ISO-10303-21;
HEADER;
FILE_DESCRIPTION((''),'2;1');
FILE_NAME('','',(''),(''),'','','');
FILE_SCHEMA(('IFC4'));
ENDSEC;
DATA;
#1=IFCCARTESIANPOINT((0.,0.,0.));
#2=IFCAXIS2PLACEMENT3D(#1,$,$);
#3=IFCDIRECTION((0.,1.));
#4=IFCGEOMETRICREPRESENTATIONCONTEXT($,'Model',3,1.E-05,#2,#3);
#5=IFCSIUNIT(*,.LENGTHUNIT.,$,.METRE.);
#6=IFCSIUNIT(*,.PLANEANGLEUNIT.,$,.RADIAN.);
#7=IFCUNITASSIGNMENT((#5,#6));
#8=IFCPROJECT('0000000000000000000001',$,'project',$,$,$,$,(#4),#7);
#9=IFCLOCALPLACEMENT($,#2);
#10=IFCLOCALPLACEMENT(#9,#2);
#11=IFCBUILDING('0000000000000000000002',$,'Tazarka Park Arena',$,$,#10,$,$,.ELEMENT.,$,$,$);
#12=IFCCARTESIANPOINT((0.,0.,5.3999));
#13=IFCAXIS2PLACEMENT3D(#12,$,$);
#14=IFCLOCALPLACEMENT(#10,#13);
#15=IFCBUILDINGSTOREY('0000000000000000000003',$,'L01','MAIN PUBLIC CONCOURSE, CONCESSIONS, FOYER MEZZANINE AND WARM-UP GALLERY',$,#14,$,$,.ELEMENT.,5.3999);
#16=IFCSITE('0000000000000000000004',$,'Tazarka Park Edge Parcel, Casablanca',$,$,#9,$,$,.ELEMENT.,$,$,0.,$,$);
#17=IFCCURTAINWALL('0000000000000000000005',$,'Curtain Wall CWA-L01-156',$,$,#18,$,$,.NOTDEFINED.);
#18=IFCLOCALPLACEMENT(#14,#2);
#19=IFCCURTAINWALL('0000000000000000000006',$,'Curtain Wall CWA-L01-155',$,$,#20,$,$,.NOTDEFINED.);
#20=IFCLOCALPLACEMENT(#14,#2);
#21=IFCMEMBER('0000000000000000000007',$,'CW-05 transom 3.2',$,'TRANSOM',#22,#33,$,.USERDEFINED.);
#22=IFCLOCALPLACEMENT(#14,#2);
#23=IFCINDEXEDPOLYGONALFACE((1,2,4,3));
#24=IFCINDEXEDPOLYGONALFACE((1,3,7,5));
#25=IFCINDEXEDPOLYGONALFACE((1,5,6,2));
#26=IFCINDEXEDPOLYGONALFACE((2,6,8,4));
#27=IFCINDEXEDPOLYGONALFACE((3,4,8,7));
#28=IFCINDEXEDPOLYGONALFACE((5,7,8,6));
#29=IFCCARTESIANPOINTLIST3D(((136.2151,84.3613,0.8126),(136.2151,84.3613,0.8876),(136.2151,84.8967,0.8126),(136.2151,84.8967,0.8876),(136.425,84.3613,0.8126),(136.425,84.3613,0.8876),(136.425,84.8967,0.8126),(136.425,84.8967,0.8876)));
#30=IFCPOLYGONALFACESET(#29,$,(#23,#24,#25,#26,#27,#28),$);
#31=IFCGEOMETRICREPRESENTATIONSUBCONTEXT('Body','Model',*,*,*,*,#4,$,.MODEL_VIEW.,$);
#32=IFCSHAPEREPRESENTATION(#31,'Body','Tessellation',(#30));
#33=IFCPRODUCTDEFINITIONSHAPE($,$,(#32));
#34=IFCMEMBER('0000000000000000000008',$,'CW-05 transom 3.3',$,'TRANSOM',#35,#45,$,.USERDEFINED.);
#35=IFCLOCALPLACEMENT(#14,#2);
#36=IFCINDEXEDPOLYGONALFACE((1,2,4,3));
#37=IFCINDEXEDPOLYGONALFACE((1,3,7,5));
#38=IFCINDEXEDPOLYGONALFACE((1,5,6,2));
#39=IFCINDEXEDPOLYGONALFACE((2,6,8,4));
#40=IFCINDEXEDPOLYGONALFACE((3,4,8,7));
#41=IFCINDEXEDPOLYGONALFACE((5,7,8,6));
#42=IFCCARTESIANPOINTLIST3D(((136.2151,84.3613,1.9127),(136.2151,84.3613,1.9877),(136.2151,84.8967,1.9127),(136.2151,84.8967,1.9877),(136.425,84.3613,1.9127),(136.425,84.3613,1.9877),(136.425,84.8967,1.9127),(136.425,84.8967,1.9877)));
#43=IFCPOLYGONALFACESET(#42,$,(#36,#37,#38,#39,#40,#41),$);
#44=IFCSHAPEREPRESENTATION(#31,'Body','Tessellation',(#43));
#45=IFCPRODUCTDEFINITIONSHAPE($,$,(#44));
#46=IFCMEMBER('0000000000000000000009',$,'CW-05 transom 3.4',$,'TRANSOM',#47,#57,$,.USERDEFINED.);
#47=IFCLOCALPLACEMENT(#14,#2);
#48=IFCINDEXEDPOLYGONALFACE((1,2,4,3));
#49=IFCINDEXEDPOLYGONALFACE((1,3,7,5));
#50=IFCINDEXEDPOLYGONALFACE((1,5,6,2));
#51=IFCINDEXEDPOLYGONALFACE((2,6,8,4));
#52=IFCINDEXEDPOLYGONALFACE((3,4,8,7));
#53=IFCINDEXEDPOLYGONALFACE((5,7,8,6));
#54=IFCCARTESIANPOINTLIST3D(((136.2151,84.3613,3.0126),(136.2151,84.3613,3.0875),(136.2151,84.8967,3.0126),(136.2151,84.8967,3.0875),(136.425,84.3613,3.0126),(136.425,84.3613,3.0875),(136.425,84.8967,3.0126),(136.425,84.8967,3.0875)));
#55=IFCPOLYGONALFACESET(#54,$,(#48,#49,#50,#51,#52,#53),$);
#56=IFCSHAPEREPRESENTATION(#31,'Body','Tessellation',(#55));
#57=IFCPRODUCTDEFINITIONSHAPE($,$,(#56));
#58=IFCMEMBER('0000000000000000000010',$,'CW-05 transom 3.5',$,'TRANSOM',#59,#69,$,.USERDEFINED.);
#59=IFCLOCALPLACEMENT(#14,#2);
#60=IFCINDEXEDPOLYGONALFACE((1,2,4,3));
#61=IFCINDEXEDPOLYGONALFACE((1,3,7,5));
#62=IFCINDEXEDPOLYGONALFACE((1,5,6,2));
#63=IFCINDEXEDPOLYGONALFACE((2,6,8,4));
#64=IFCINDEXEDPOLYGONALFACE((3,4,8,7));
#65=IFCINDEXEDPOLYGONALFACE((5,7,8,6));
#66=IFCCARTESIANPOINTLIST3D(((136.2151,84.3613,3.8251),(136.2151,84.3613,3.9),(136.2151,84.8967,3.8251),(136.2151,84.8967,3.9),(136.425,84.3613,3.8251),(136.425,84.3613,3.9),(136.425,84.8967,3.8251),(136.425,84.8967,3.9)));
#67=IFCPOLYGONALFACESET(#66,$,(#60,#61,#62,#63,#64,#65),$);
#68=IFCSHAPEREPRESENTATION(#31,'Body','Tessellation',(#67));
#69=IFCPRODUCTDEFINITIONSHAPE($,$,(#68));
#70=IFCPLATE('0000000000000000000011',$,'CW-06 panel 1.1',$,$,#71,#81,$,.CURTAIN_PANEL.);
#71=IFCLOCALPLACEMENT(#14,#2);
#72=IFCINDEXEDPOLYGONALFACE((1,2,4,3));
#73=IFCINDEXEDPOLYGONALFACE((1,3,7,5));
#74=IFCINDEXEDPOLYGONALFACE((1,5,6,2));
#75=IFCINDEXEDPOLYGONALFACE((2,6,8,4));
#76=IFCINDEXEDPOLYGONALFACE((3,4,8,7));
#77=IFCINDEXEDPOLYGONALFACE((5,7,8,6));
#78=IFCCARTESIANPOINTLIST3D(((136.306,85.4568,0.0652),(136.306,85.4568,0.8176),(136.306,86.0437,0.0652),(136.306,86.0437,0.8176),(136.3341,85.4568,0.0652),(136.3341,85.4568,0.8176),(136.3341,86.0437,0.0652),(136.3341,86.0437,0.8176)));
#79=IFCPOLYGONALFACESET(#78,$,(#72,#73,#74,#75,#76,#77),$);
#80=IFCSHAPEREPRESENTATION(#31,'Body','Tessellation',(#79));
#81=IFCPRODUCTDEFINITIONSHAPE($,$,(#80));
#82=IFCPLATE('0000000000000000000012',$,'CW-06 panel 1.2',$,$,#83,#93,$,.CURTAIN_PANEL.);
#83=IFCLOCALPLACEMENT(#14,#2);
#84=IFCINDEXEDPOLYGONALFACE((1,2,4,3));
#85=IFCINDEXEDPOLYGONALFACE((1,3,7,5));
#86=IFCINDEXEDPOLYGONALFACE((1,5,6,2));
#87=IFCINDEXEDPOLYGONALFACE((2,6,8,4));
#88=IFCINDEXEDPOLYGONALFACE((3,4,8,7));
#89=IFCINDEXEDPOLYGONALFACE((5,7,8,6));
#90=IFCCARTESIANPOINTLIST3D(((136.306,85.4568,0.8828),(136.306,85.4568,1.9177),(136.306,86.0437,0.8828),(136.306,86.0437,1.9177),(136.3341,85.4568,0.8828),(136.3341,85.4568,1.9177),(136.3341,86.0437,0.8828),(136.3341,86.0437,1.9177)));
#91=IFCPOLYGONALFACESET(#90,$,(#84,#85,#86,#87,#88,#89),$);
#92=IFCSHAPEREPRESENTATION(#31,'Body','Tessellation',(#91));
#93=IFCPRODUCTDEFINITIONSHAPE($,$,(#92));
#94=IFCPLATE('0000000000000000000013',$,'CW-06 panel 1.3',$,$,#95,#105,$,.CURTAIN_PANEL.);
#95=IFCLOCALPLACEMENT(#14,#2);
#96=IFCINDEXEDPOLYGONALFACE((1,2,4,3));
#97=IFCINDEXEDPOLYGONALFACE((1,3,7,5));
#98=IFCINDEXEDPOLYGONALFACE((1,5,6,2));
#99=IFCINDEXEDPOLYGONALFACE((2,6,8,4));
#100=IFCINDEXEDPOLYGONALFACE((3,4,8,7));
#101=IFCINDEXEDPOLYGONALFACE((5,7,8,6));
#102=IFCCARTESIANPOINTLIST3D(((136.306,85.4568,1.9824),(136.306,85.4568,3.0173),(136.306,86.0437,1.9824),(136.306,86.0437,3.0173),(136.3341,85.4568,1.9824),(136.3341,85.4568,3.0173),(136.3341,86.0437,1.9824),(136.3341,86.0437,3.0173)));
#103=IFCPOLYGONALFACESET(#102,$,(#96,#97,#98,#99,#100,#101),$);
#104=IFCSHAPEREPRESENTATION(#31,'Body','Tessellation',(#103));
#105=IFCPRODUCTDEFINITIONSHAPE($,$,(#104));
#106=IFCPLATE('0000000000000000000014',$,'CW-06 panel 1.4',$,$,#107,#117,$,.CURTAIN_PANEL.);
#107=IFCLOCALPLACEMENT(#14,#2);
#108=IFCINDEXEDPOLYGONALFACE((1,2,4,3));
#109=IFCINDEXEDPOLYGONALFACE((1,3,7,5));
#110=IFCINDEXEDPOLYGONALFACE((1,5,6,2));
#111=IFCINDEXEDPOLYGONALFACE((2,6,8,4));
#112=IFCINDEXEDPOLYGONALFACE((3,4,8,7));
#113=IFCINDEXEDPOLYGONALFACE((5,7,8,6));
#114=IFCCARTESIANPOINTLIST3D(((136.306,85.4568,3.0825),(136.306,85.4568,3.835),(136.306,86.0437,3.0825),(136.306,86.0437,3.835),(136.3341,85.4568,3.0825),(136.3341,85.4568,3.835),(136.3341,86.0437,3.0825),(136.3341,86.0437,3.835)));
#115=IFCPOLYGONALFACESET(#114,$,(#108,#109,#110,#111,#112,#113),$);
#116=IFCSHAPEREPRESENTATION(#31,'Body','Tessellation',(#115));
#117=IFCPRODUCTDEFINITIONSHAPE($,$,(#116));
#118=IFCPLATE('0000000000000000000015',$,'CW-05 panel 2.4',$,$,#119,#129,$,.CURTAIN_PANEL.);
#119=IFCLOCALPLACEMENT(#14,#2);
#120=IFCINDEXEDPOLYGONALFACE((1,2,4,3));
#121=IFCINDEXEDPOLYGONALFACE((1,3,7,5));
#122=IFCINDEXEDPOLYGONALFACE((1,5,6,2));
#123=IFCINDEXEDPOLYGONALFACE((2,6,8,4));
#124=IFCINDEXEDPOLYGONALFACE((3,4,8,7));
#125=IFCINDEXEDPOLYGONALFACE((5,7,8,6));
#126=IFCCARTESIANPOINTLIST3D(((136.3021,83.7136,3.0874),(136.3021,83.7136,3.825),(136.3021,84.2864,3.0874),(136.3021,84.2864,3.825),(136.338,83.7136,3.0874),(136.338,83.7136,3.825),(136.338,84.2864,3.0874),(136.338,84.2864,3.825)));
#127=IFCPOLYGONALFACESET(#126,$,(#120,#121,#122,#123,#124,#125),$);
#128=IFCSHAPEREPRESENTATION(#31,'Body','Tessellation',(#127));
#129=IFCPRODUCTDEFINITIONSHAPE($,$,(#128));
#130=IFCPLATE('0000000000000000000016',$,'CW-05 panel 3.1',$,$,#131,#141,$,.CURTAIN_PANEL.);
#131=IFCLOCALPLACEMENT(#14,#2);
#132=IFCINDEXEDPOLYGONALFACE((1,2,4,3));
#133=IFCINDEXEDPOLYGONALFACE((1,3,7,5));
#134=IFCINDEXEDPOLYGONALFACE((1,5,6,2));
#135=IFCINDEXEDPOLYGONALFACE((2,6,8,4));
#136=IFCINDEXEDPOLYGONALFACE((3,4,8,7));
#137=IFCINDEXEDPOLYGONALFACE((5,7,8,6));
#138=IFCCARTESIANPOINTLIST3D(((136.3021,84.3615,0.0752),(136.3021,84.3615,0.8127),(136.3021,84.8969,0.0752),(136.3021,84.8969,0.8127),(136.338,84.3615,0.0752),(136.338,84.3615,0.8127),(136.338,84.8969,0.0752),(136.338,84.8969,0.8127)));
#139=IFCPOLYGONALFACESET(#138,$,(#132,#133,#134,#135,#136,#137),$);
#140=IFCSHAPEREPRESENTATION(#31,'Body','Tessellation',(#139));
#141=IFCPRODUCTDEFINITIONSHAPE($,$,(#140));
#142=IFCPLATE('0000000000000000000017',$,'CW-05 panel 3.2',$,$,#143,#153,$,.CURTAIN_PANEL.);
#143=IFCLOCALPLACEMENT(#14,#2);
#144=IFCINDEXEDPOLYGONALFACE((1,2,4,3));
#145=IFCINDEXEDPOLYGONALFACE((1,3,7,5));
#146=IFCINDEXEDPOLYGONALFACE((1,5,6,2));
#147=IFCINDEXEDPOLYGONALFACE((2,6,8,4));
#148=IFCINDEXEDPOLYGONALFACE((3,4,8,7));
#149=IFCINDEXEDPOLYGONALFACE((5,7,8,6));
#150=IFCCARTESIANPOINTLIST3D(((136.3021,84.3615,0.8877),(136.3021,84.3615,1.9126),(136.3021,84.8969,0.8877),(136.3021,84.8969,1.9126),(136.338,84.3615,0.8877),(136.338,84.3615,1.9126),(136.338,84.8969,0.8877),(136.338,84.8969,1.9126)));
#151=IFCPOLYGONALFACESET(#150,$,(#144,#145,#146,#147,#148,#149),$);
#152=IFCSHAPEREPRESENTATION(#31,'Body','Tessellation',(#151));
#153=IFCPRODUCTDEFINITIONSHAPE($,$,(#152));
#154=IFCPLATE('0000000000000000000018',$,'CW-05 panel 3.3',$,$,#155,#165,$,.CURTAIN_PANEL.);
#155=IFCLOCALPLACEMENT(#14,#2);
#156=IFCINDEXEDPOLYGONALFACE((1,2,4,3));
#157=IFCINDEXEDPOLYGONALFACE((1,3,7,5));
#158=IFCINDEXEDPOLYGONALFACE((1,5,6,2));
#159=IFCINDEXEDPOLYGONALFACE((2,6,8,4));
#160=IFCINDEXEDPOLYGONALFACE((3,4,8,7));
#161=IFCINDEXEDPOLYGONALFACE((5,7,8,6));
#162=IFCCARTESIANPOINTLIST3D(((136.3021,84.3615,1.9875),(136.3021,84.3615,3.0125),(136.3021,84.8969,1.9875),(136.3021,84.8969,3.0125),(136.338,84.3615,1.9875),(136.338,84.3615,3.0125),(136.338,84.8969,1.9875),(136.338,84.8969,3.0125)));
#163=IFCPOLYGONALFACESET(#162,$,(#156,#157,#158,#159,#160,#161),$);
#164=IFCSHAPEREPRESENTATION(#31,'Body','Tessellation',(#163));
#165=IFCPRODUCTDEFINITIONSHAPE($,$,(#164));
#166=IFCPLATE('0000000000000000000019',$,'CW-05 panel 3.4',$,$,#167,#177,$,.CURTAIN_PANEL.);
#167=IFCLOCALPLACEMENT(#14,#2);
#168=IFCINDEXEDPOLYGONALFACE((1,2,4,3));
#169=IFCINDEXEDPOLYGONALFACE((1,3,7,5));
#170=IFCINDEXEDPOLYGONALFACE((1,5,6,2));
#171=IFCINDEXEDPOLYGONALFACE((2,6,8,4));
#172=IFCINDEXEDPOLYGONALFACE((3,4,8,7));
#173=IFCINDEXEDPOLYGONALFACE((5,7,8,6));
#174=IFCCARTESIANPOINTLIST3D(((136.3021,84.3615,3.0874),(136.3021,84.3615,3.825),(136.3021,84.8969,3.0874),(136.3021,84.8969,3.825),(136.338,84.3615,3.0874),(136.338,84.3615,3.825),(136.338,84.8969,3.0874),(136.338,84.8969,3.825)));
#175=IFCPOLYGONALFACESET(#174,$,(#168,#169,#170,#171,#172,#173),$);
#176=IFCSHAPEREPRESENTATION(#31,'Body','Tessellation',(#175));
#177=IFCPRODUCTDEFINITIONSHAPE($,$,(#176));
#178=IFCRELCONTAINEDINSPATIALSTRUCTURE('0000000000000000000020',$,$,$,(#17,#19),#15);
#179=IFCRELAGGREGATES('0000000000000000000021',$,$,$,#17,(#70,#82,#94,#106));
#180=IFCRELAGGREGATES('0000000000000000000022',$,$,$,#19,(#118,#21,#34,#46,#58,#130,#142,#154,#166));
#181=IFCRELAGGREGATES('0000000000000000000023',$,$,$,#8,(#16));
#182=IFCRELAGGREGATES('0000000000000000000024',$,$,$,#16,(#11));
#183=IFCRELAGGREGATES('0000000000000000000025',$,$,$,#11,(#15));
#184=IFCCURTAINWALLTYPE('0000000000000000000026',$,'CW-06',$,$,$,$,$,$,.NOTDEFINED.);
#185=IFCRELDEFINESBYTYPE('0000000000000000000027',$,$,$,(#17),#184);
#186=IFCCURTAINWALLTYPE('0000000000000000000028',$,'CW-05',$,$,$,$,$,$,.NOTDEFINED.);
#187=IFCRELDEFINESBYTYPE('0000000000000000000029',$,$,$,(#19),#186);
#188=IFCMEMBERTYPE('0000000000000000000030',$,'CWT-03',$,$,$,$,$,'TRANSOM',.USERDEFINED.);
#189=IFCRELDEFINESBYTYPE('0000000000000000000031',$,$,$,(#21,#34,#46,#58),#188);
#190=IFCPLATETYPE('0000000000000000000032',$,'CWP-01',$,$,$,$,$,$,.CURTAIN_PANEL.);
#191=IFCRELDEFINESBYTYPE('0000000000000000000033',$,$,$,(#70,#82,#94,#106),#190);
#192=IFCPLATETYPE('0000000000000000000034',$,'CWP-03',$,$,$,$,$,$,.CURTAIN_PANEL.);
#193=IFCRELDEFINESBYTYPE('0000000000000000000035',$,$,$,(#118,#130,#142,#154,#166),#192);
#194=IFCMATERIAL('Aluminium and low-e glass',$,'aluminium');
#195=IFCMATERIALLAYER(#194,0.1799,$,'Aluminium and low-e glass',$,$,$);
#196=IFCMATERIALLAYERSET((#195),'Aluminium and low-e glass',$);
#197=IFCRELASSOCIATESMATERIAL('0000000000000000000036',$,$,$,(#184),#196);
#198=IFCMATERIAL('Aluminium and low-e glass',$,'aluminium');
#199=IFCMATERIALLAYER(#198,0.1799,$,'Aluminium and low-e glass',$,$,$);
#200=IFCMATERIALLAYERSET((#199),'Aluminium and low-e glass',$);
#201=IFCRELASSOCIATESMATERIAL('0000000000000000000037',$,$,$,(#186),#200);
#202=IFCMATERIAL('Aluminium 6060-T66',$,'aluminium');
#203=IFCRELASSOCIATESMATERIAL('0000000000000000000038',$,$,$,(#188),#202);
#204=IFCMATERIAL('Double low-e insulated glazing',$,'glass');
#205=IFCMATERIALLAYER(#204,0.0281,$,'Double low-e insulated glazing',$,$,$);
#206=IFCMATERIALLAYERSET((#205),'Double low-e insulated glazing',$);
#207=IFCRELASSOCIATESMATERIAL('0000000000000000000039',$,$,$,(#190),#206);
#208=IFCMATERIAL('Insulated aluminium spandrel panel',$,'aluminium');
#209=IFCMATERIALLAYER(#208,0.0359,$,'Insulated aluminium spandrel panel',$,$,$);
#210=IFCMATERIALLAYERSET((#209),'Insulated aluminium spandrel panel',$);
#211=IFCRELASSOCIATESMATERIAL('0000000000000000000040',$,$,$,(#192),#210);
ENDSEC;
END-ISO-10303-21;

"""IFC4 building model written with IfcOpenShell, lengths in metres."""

from ifc_helpers import new_model, si_unit, direction, frame, origin, origin_2d, place, context, subcontext, project, spatial, rectangle, extrude, material, layer, layer_set, material_profile, profile_set, type_object, element, aggregate, save


model = new_model("IFC4")

# Units and contexts
model_context = context("Model", 3, precision=1e-05, world=origin(), true_north=direction((0.0, 1.0)))
body_context = subcontext(model_context, "Body", "Model", "MODEL_VIEW")
ifc_project = project(units=[si_unit("LENGTHUNIT", "METRE"), si_unit("PLANEANGLEUNIT", "RADIAN")], contexts=[model_context])

# Site, building, storey
site_placement = place(None, origin())
site = spatial("IfcSite", under=ifc_project, at=site_placement, Name="Tazarka Park Edge Parcel, Casablanca", CompositionType="ELEMENT", RefElevation=0.0)
building_placement = place(site_placement, origin())
building = spatial("IfcBuilding", under=site, at=building_placement, Name="Tazarka Park Arena", CompositionType="ELEMENT")
storey_placement = place(building_placement, frame((0.0, 0.0, 5.3999)))
storey = spatial("IfcBuildingStorey", under=building, at=storey_placement, Name="L01", Description="MAIN PUBLIC CONCOURSE, CONCESSIONS, FOYER MEZZANINE AND WARM-UP GALLERY", CompositionType="ELEMENT", Elevation=5.3999)

# Curtain walls
ifc_material_1 = material(Name="Aluminium and low-e glass", Category="aluminium")
ifc_layer_1 = layer(ifc_material_1, 0.1799, Name="Aluminium and low-e glass")
ifc_layer_set_1 = layer_set([ifc_layer_1], Name="Aluminium and low-e glass")
curtain_wall_type_1 = type_object("IfcCurtainWallType", Name="CW-06", PredefinedType="NOTDEFINED", material=ifc_layer_set_1)
curtain_wall_1_placement = place(storey_placement, origin())
curtain_wall_1 = element("IfcCurtainWall", 1, at=curtain_wall_1_placement, inside=storey, type_object=curtain_wall_type_1, Name="Curtain Wall CWA-L01-156", PredefinedType="NOTDEFINED")
ifc_material_2 = material(Name="Aluminium and low-e glass", Category="aluminium")
ifc_layer_2 = layer(ifc_material_2, 0.1799, Name="Aluminium and low-e glass")
ifc_layer_set_2 = layer_set([ifc_layer_2], Name="Aluminium and low-e glass")
curtain_wall_type_2 = type_object("IfcCurtainWallType", Name="CW-05", PredefinedType="NOTDEFINED", material=ifc_layer_set_2)
curtain_wall_2_placement = place(storey_placement, origin())
curtain_wall_2 = element("IfcCurtainWall", 2, at=curtain_wall_2_placement, inside=storey, type_object=curtain_wall_type_2, Name="Curtain Wall CWA-L01-155", PredefinedType="NOTDEFINED")

# Members
ifc_material_3 = material(Name="Aluminium 6060-T66", Category="aluminium")
ifc_material_profile_1 = material_profile(ifc_material_3, rectangle(XDim=0.21, YDim=0.075, at=origin_2d()), Name="Aluminium 6060-T66")
ifc_profile_set_1 = profile_set([ifc_material_profile_1], Name="Aluminium 6060-T66")
member_type_1 = type_object("IfcMemberType", Name="CWT-03", ElementType="TRANSOM", PredefinedType="USERDEFINED", material=ifc_profile_set_1)
member_1_placement = place(storey_placement, frame((136.3201, 84.3613, 0.8501), z_axis=(0.0, 1.0, 0.0), x_axis=(-1.0, 0.0, 0.0)))
member_1 = element("IfcMember", 3, at=member_1_placement, type_object=member_type_1, Name="CW-05 transom 3.2", ObjectType="TRANSOM", PredefinedType="USERDEFINED", context=body_context, shape_type="SweptSolid", body=[
    extrude(rectangle(XDim=0.21, YDim=0.075, at=origin_2d()), origin(), (0.0, 0.0, 1.0), 0.5354),
])
member_2_placement = place(storey_placement, frame((136.3201, 84.3613, 1.9502), z_axis=(0.0, 1.0, 0.0), x_axis=(-1.0, 0.0, 0.0)))
member_2 = element("IfcMember", 4, at=member_2_placement, type_object=member_type_1, Name="CW-05 transom 3.3", ObjectType="TRANSOM", PredefinedType="USERDEFINED", context=body_context, shape_type="SweptSolid", body=[
    extrude(rectangle(XDim=0.21, YDim=0.075, at=origin_2d()), origin(), (0.0, 0.0, 1.0), 0.5354),
])
member_3_placement = place(storey_placement, frame((136.3201, 84.3613, 3.05), z_axis=(0.0, 1.0, 0.0), x_axis=(-1.0, 0.0, 0.0)))
member_3 = element("IfcMember", 5, at=member_3_placement, type_object=member_type_1, Name="CW-05 transom 3.4", ObjectType="TRANSOM", PredefinedType="USERDEFINED", context=body_context, shape_type="SweptSolid", body=[
    extrude(rectangle(XDim=0.21, YDim=0.075, at=origin_2d()), origin(), (0.0, 0.0, 1.0), 0.5354),
])
member_4_placement = place(storey_placement, frame((136.3201, 84.3613, 3.8625), z_axis=(0.0, 1.0, 0.0), x_axis=(-1.0, 0.0, 0.0)))
member_4 = element("IfcMember", 6, at=member_4_placement, type_object=member_type_1, Name="CW-05 transom 3.5", ObjectType="TRANSOM", PredefinedType="USERDEFINED", context=body_context, shape_type="SweptSolid", body=[
    extrude(rectangle(XDim=0.21, YDim=0.075, at=origin_2d()), origin(), (0.0, 0.0, 1.0), 0.5354),
])

# Plates
ifc_material_4 = material(Name="Double low-e insulated glazing", Category="glass")
ifc_layer_3 = layer(ifc_material_4, 0.0281, Name="Double low-e insulated glazing")
ifc_layer_set_3 = layer_set([ifc_layer_3], Name="Double low-e insulated glazing")
plate_type_1 = type_object("IfcPlateType", Name="CWP-01", PredefinedType="CURTAIN_PANEL", material=ifc_layer_set_3)
plate_1_placement = place(storey_placement, frame((136.3201, 85.7502, 0.0652), z_axis=(0.0, 0.0, 1.0), x_axis=(0.0, 1.0, 0.0)))
plate_1 = element("IfcPlate", 7, at=plate_1_placement, type_object=plate_type_1, Name="CW-06 panel 1.1", PredefinedType="CURTAIN_PANEL", context=body_context, shape_type="SweptSolid", body=[
    extrude(rectangle(XDim=0.5869, YDim=0.0281, at=origin_2d()), origin(), (0.0, 0.0, 1.0), 0.7524),
])
plate_2_placement = place(storey_placement, frame((136.3201, 85.7502, 0.8828), z_axis=(0.0, 0.0, 1.0), x_axis=(0.0, 1.0, 0.0)))
plate_2 = element("IfcPlate", 8, at=plate_2_placement, type_object=plate_type_1, Name="CW-06 panel 1.2", PredefinedType="CURTAIN_PANEL", context=body_context, shape_type="SweptSolid", body=[
    extrude(rectangle(XDim=0.5869, YDim=0.0281, at=origin_2d()), origin(), (0.0, 0.0, 1.0), 1.0349),
])
plate_3_placement = place(storey_placement, frame((136.3201, 85.7502, 1.9824), z_axis=(0.0, 0.0, 1.0), x_axis=(0.0, 1.0, 0.0)))
plate_3 = element("IfcPlate", 9, at=plate_3_placement, type_object=plate_type_1, Name="CW-06 panel 1.3", PredefinedType="CURTAIN_PANEL", context=body_context, shape_type="SweptSolid", body=[
    extrude(rectangle(XDim=0.5869, YDim=0.0281, at=origin_2d()), origin(), (0.0, 0.0, 1.0), 1.0349),
])
plate_4_placement = place(storey_placement, frame((136.3201, 85.7502, 3.0825), z_axis=(0.0, 0.0, 1.0), x_axis=(0.0, 1.0, 0.0)))
plate_4 = element("IfcPlate", 10, at=plate_4_placement, type_object=plate_type_1, Name="CW-06 panel 1.4", PredefinedType="CURTAIN_PANEL", context=body_context, shape_type="SweptSolid", body=[
    extrude(rectangle(XDim=0.5869, YDim=0.0281, at=origin_2d()), origin(), (0.0, 0.0, 1.0), 0.7524),
])
aggregate(curtain_wall_1, [plate_1, plate_2, plate_3, plate_4])
ifc_material_5 = material(Name="Insulated aluminium spandrel panel", Category="aluminium")
ifc_layer_4 = layer(ifc_material_5, 0.0359, Name="Insulated aluminium spandrel panel")
ifc_layer_set_4 = layer_set([ifc_layer_4], Name="Insulated aluminium spandrel panel")
plate_type_2 = type_object("IfcPlateType", Name="CWP-03", PredefinedType="CURTAIN_PANEL", material=ifc_layer_set_4)
plate_5_placement = place(storey_placement, frame((136.3201, 84.0, 3.0874), z_axis=(0.0, 0.0, 1.0), x_axis=(0.0, 1.0, 0.0)))
plate_5 = element("IfcPlate", 11, at=plate_5_placement, type_object=plate_type_2, Name="CW-05 panel 2.4", PredefinedType="CURTAIN_PANEL", context=body_context, shape_type="SweptSolid", body=[
    extrude(rectangle(XDim=0.5728, YDim=0.0359, at=origin_2d()), origin(), (0.0, 0.0, 1.0), 0.7375),
])
plate_6_placement = place(storey_placement, frame((136.3201, 84.6292, 0.0752), z_axis=(0.0, 0.0, 1.0), x_axis=(0.0, 1.0, 0.0)))
plate_6 = element("IfcPlate", 12, at=plate_6_placement, type_object=plate_type_2, Name="CW-05 panel 3.1", PredefinedType="CURTAIN_PANEL", context=body_context, shape_type="SweptSolid", body=[
    extrude(rectangle(XDim=0.5354, YDim=0.0359, at=origin_2d()), origin(), (0.0, 0.0, 1.0), 0.7375),
])
plate_7_placement = place(storey_placement, frame((136.3201, 84.6292, 0.8877), z_axis=(0.0, 0.0, 1.0), x_axis=(0.0, 1.0, 0.0)))
plate_7 = element("IfcPlate", 13, at=plate_7_placement, type_object=plate_type_2, Name="CW-05 panel 3.2", PredefinedType="CURTAIN_PANEL", context=body_context, shape_type="SweptSolid", body=[
    extrude(rectangle(XDim=0.5354, YDim=0.0359, at=origin_2d()), origin(), (0.0, 0.0, 1.0), 1.0249),
])
plate_8_placement = place(storey_placement, frame((136.3201, 84.6292, 1.9875), z_axis=(0.0, 0.0, 1.0), x_axis=(0.0, 1.0, 0.0)))
plate_8 = element("IfcPlate", 14, at=plate_8_placement, type_object=plate_type_2, Name="CW-05 panel 3.3", PredefinedType="CURTAIN_PANEL", context=body_context, shape_type="SweptSolid", body=[
    extrude(rectangle(XDim=0.5354, YDim=0.0359, at=origin_2d()), origin(), (0.0, 0.0, 1.0), 1.0249),
])
plate_9_placement = place(storey_placement, frame((136.3201, 84.6292, 3.0874), z_axis=(0.0, 0.0, 1.0), x_axis=(0.0, 1.0, 0.0)))
plate_9 = element("IfcPlate", 15, at=plate_9_placement, type_object=plate_type_2, Name="CW-05 panel 3.4", PredefinedType="CURTAIN_PANEL", context=body_context, shape_type="SweptSolid", body=[
    extrude(rectangle(XDim=0.5354, YDim=0.0359, at=origin_2d()), origin(), (0.0, 0.0, 1.0), 0.7375),
])
aggregate(curtain_wall_2, [plate_5, member_1, member_2, member_3, member_4, plate_6, plate_7, plate_8, plate_9])

save(model, "model.ifc")
